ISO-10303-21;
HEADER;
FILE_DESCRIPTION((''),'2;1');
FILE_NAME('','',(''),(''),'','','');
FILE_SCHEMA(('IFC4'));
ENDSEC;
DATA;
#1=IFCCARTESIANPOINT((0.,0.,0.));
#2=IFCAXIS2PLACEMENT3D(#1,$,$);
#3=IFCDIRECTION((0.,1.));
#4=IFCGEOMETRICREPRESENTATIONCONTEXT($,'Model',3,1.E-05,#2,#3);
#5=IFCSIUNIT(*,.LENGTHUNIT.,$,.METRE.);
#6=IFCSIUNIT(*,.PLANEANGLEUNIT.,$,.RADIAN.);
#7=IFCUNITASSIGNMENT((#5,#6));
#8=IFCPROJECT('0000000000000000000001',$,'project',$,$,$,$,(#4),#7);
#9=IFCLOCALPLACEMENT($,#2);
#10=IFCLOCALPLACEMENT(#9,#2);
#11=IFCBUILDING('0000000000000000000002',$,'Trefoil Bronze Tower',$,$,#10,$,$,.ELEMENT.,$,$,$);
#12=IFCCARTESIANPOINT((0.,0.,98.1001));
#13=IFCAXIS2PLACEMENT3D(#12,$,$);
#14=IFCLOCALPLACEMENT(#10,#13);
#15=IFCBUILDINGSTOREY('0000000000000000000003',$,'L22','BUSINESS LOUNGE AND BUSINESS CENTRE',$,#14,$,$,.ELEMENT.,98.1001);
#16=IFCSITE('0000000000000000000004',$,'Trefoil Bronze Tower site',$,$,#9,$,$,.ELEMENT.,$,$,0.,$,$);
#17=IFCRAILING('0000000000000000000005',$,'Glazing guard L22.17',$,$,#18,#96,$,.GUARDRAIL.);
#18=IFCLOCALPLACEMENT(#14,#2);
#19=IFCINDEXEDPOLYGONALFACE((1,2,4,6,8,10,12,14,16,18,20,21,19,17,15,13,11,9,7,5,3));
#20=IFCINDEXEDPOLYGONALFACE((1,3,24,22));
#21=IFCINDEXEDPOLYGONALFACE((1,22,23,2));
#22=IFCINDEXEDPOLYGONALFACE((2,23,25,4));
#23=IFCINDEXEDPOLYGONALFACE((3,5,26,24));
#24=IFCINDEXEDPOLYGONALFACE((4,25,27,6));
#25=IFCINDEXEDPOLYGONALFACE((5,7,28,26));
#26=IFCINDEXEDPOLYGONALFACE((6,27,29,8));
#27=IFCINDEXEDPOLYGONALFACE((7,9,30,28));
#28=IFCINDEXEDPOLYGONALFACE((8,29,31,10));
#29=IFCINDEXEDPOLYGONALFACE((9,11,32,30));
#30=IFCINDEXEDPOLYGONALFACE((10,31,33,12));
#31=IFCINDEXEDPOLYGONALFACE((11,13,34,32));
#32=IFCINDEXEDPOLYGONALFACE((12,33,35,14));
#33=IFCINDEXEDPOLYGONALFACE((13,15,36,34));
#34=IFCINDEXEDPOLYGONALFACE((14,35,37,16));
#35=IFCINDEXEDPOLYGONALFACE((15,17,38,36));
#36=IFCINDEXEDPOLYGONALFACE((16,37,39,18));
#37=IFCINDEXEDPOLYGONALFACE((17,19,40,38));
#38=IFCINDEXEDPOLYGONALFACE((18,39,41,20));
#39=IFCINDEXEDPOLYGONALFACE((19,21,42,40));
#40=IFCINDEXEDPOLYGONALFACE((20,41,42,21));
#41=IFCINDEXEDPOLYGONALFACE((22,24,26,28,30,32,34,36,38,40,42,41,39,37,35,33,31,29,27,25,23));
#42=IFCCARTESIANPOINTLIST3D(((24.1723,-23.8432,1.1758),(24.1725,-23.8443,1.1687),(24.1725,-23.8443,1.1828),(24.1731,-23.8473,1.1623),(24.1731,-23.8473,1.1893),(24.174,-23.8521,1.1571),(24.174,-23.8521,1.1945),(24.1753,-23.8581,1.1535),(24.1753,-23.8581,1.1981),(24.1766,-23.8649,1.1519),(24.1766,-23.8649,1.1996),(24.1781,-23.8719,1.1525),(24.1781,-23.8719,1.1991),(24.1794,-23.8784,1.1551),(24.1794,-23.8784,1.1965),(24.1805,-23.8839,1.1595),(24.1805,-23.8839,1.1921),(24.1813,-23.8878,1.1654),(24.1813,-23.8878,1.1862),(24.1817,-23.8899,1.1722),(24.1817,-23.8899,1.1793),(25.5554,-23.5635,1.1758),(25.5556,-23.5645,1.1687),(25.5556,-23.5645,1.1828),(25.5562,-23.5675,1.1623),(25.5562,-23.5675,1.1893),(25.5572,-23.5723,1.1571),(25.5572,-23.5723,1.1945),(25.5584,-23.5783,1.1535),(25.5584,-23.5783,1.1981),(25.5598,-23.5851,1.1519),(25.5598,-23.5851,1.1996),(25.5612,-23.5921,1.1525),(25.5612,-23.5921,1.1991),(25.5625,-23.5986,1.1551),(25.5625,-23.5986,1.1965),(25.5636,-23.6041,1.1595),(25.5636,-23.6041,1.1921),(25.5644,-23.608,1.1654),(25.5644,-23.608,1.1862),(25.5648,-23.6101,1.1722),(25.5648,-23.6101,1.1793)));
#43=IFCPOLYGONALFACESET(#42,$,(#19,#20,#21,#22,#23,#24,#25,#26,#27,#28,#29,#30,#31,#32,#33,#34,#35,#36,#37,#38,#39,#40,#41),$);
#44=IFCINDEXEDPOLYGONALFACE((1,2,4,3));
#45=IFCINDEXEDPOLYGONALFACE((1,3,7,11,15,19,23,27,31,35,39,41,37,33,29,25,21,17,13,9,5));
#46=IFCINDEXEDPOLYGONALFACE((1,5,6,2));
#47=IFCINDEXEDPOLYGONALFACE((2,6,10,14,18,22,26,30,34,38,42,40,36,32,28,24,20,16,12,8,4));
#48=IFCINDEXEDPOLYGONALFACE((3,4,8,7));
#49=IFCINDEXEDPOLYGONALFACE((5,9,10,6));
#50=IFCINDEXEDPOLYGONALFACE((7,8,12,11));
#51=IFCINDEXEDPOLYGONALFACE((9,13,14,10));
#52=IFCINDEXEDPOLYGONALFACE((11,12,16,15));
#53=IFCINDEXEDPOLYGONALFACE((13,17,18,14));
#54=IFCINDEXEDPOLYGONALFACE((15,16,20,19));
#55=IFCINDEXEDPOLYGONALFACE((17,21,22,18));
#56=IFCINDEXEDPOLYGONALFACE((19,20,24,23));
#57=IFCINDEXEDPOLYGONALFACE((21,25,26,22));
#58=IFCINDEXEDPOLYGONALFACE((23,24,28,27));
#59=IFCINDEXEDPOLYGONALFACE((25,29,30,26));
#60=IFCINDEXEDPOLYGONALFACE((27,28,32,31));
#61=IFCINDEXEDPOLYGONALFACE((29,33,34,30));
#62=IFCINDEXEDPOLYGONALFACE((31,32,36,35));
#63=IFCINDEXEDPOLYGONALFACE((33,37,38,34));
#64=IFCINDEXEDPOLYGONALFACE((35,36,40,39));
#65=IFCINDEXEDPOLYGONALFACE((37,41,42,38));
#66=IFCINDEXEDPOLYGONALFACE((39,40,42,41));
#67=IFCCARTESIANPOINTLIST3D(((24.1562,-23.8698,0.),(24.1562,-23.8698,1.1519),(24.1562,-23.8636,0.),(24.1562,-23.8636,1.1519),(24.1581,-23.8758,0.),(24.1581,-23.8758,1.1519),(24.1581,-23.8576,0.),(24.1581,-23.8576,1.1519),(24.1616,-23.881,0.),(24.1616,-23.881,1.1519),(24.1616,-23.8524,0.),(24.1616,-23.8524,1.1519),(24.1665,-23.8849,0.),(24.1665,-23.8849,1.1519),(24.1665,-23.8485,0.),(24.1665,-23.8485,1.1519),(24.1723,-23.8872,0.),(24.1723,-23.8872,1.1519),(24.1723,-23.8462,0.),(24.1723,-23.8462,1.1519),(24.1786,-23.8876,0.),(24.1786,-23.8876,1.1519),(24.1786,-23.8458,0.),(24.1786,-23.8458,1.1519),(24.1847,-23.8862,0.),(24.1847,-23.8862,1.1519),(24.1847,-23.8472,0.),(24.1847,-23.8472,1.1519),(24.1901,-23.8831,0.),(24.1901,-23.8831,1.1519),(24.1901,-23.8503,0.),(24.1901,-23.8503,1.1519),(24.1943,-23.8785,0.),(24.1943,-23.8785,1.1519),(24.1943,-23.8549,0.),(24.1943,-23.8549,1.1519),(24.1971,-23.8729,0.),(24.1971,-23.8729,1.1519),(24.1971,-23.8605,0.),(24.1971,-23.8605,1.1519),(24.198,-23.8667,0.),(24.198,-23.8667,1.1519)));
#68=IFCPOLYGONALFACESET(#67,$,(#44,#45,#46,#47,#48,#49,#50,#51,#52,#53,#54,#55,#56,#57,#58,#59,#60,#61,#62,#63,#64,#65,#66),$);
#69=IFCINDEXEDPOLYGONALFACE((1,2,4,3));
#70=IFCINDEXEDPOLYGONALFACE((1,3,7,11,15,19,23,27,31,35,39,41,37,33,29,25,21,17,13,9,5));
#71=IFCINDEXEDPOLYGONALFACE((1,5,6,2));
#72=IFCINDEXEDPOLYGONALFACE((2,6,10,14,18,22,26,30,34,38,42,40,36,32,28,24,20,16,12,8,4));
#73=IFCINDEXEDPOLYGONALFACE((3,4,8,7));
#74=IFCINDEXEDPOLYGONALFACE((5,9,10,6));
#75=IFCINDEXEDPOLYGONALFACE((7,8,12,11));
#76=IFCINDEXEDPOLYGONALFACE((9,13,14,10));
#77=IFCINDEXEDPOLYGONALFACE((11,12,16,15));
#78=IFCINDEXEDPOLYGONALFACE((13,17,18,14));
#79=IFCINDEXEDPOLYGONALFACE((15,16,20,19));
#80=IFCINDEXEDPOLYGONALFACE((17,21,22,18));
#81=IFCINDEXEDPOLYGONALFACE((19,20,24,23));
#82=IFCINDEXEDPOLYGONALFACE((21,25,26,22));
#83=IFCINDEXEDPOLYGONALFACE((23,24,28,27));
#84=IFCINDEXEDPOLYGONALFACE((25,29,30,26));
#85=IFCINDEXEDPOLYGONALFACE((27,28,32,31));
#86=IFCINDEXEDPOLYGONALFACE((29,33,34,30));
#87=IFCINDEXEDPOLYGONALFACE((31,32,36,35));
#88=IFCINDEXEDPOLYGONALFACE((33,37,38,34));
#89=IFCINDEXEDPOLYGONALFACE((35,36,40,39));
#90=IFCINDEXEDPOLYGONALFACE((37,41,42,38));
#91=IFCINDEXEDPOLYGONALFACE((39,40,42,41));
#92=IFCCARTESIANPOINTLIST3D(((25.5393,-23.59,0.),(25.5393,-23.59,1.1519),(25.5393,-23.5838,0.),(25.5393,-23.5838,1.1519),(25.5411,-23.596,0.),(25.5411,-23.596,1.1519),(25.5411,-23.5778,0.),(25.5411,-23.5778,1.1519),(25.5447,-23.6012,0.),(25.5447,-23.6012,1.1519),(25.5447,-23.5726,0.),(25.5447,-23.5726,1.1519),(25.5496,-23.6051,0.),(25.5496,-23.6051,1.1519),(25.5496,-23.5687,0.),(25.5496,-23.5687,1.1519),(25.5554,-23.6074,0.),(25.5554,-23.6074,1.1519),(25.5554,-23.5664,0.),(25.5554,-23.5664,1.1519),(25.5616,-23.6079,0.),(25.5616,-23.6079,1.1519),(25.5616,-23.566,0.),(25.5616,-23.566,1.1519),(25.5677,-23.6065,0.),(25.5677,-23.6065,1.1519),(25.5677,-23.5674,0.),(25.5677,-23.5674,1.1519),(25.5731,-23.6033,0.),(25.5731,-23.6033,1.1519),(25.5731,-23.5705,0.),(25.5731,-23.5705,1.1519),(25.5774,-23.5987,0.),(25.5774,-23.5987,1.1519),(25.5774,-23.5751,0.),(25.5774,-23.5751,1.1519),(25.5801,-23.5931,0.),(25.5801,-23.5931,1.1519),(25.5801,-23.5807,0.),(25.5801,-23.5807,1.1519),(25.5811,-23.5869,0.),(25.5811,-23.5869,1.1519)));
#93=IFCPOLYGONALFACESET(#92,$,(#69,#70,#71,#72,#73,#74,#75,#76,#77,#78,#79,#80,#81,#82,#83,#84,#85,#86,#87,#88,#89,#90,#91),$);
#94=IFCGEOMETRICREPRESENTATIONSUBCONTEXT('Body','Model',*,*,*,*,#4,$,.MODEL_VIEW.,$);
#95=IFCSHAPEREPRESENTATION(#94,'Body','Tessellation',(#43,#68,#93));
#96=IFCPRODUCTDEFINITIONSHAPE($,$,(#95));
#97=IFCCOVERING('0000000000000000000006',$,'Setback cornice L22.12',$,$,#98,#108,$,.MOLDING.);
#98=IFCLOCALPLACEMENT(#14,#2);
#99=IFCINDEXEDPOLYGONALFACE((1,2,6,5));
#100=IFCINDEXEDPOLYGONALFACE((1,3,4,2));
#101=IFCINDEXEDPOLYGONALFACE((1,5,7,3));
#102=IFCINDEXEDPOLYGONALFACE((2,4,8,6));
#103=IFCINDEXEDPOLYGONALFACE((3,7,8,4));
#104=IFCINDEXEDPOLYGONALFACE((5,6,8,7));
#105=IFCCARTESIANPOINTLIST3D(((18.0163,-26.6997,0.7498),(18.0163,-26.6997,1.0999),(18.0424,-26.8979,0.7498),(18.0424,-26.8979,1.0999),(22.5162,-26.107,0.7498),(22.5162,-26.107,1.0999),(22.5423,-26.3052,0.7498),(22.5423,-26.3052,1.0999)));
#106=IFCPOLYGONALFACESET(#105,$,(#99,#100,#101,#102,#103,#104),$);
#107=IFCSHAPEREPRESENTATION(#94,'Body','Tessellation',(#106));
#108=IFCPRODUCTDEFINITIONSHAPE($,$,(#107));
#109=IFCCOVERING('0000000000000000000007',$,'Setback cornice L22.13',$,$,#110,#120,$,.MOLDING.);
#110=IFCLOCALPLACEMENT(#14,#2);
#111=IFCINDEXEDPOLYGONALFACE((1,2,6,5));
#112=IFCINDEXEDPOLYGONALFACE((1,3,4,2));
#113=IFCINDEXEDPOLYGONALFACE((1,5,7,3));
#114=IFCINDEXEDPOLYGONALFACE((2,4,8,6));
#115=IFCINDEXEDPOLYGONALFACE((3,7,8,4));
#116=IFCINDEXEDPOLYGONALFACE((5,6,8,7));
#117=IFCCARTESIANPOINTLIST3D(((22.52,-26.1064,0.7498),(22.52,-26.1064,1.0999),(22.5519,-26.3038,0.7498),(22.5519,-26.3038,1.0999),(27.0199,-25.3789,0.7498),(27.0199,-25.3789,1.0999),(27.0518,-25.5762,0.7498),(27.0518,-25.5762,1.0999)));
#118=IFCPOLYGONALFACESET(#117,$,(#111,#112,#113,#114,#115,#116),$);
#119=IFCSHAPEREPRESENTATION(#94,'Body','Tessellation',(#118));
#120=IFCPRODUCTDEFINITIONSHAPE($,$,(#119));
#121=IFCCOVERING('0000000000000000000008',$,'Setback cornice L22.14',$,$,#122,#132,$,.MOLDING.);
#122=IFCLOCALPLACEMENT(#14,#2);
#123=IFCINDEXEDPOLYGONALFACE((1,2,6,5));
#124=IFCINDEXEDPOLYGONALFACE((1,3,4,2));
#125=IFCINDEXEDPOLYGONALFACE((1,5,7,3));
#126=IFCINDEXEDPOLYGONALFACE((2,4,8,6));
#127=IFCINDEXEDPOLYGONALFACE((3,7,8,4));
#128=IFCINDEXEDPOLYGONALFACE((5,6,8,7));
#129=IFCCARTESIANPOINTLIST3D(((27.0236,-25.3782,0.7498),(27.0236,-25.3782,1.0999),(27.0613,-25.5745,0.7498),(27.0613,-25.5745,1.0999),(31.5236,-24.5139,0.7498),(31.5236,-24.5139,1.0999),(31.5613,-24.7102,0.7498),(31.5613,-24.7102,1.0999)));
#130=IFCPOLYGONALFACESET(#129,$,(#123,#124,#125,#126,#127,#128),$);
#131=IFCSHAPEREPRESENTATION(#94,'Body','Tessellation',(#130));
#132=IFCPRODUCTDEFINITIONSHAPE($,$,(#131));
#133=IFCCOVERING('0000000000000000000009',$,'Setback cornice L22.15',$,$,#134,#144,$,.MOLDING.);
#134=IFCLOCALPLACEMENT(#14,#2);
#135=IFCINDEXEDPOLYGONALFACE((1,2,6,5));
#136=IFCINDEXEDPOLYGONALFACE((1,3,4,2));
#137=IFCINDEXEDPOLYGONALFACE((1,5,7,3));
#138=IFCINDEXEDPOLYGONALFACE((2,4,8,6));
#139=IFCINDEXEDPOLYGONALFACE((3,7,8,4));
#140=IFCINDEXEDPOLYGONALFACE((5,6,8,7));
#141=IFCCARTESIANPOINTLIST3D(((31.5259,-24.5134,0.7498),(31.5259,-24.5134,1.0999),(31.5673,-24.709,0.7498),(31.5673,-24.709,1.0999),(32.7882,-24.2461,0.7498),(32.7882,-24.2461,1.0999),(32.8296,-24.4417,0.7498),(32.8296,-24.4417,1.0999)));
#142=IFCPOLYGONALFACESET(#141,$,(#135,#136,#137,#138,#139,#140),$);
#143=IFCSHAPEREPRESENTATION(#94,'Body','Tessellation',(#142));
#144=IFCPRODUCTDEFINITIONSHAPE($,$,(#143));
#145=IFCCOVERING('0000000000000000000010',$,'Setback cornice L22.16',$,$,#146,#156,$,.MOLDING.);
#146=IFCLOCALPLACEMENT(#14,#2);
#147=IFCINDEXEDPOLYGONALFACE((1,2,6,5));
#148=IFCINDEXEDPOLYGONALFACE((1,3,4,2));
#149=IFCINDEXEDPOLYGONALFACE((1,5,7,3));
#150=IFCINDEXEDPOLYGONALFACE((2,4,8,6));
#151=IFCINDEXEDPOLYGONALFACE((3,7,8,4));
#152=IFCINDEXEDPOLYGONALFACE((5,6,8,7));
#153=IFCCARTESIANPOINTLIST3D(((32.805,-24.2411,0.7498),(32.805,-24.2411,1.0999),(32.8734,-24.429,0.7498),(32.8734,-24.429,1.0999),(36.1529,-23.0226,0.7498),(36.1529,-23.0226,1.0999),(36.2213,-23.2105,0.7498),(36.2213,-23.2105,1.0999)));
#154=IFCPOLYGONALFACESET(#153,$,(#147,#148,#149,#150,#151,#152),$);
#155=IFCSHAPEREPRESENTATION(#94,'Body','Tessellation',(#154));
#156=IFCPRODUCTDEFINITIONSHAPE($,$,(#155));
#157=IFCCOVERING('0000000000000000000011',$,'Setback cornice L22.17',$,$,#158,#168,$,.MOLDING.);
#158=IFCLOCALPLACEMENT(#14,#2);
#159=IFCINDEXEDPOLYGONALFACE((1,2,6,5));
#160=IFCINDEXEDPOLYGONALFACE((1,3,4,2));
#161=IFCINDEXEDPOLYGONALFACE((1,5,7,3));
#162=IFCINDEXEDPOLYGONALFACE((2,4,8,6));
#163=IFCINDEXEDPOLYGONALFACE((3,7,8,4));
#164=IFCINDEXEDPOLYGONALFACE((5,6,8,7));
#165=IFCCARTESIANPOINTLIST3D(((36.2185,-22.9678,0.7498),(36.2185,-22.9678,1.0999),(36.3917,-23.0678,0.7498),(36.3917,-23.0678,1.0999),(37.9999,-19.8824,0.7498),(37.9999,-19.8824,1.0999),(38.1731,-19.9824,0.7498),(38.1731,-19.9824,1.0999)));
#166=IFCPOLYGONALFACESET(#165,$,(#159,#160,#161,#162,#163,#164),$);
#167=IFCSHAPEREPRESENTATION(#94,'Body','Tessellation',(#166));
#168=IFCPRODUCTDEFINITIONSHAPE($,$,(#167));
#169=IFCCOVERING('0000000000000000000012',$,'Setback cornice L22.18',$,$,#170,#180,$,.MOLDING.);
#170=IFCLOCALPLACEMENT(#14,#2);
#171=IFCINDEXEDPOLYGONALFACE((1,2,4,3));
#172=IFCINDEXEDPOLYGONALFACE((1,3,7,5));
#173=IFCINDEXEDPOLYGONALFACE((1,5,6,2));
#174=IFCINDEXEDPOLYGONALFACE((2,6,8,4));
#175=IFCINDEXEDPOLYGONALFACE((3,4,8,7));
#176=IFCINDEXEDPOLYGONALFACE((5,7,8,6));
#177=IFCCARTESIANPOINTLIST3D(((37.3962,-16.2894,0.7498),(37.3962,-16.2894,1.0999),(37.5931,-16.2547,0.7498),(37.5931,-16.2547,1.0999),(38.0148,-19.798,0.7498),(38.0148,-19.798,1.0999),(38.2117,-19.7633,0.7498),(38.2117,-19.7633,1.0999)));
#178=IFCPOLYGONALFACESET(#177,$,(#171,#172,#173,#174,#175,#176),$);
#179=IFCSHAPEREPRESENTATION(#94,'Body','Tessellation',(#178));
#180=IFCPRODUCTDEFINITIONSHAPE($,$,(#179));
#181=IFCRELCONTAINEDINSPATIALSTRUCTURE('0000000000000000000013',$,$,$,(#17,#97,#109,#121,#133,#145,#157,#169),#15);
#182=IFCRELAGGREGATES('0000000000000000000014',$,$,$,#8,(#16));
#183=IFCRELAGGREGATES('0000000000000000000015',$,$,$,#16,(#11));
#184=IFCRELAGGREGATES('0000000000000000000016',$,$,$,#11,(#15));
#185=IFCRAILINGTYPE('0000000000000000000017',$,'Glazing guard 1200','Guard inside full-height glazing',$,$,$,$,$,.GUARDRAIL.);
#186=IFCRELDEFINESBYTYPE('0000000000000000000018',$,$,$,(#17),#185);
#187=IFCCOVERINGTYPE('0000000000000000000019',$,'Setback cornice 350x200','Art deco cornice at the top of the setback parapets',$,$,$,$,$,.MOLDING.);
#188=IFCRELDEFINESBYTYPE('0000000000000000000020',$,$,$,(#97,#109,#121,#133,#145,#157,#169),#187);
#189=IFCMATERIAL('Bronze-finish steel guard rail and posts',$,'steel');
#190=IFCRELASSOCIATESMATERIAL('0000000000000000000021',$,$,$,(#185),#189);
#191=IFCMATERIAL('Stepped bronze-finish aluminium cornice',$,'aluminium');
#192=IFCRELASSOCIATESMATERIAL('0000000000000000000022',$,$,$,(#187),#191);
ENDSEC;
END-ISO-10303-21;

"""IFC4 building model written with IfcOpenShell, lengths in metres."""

from ifc_helpers import new_model, si_unit, direction, frame, origin, origin_2d, place, context, subcontext, project, spatial, rectangle, circle, extrude, material, type_object, element, save


model = new_model("IFC4")

# Units and contexts
model_context = context("Model", 3, precision=1e-05, world=origin(), true_north=direction((0.0, 1.0)))
body_context = subcontext(model_context, "Body", "Model", "MODEL_VIEW")
ifc_project = project(units=[si_unit("LENGTHUNIT", "METRE"), si_unit("PLANEANGLEUNIT", "RADIAN")], contexts=[model_context])

# Site, building, storey
site_placement = place(None, origin())
site = spatial("IfcSite", under=ifc_project, at=site_placement, Name="Trefoil Bronze Tower site", CompositionType="ELEMENT", RefElevation=0.0)
building_placement = place(site_placement, origin())
building = spatial("IfcBuilding", under=site, at=building_placement, Name="Trefoil Bronze Tower", CompositionType="ELEMENT")
storey_placement = place(building_placement, frame((0.0, 0.0, 98.1001)))
storey = spatial("IfcBuildingStorey", under=building, at=storey_placement, Name="L22", Description="BUSINESS LOUNGE AND BUSINESS CENTRE", CompositionType="ELEMENT", Elevation=98.1001)

# Railing
ifc_material_1 = material(Name="Bronze-finish steel guard rail and posts", Category="steel")
railing_type = type_object("IfcRailingType", Name="Glazing guard 1200", Description="Guard inside full-height glazing", PredefinedType="GUARDRAIL", material=ifc_material_1)
railing_1_placement = place(storey_placement, frame((24.177, -23.8667, 0.0)))
element("IfcRailing", 1, at=railing_1_placement, inside=storey, type_object=railing_type, Name="Glazing guard L22.17", PredefinedType="GUARDRAIL", context=body_context, shape_type="SweptSolid", body=[
    extrude(circle(Radius=0.0239, at=origin_2d()), frame((0.0, 0.0, 1.1758), z_axis=(0.980146, 0.198278, 0.0), x_axis=(-0.198278, 0.980146, 0.0)), (0.0, 0.0, 1.0), 1.4111),
    extrude(circle(Radius=0.021, at=origin_2d()), origin(), (0.0, 0.0, 1.0), 1.1519),
    extrude(circle(Radius=0.021, at=origin_2d()), frame((1.3831, 0.2798, 0.0)), (0.0, 0.0, 1.0), 1.1519),
])

# Coverings
ifc_material_2 = material(Name="Stepped bronze-finish aluminium cornice", Category="aluminium")
covering_type = type_object("IfcCoveringType", Name="Setback cornice 350x200", Description="Art deco cornice at the top of the setback parapets", PredefinedType="MOLDING", material=ifc_material_2)
covering_1_placement = place(storey_placement, frame((20.2793, -26.5024, 0.7498), z_axis=(0.0, 0.0, 1.0), x_axis=(0.991437, 0.130584, 0.0)))
element("IfcCovering", 2, at=covering_1_placement, inside=storey, type_object=covering_type, Name="Setback cornice L22.12", PredefinedType="MOLDING", context=body_context, shape_type="SweptSolid", body=[
    extrude(rectangle(XDim=4.5388, YDim=0.2, at=origin_2d()), origin(), (0.0, 0.0, 1.0), 0.3501),
])
covering_2_placement = place(storey_placement, frame((24.7859, -25.8413, 0.7498), z_axis=(0.0, 0.0, 1.0), x_axis=(0.987181, 0.159603, 0.0)))
element("IfcCovering", 3, at=covering_2_placement, inside=storey, type_object=covering_type, Name="Setback cornice L22.13", PredefinedType="MOLDING", context=body_context, shape_type="SweptSolid", body=[
    extrude(rectangle(XDim=4.5583, YDim=0.2, at=origin_2d()), origin(), (0.0, 0.0, 1.0), 0.3501),
])
covering_3_placement = place(storey_placement, frame((29.2925, -25.0442, 0.7498), z_axis=(0.0, 0.0, 1.0), x_axis=(0.98205, 0.188622, 0.0)))
element("IfcCovering", 4, at=covering_3_placement, inside=storey, type_object=covering_type, Name="Setback cornice L22.14", PredefinedType="MOLDING", context=body_context, shape_type="SweptSolid", body=[
    extrude(rectangle(XDim=4.5823, YDim=0.2, at=origin_2d()), origin(), (0.0, 0.0, 1.0), 0.3501),
])
covering_4_placement = place(storey_placement, frame((32.1777, -24.4775, 0.7498), z_axis=(0.0, 0.0, 1.0), x_axis=(0.978303, 0.207181, 0.0)))
element("IfcCovering", 5, at=covering_4_placement, inside=storey, type_object=covering_type, Name="Setback cornice L22.15", PredefinedType="MOLDING", context=body_context, shape_type="SweptSolid", body=[
    extrude(rectangle(XDim=1.2903, YDim=0.2, at=origin_2d()), origin(), (0.0, 0.0, 1.0), 0.3501),
])
for number, where, z_axis, x_axis, name in (
    (6, (34.5132, -23.7258, 0.7498), (0.0, 0.0, 1.0), (0.939693, 0.34202, 0.0), "Setback cornice L22.16"),
    (7, (37.1958, -21.4751, 0.7498), (0.0, 0.0, 1.0), (0.5, 0.866025, 0.0), "Setback cornice L22.17"),
    (8, (37.804, -18.0264, 0.7498), (0.0, 0.0, 1.0), (-0.173648, 0.984808, 0.0), "Setback cornice L22.18"),
):
    element("IfcCovering", number, at=place(storey_placement, frame(where, z_axis=z_axis, x_axis=x_axis)), inside=storey, type_object=covering_type, Name=name, PredefinedType="MOLDING", context=body_context, shape_type="SweptSolid", body=[
        extrude(rectangle(XDim=3.5627, YDim=0.2, at=origin_2d()), origin(), (0.0, 0.0, 1.0), 0.3501),
    ])

save(model, "model.ifc")
